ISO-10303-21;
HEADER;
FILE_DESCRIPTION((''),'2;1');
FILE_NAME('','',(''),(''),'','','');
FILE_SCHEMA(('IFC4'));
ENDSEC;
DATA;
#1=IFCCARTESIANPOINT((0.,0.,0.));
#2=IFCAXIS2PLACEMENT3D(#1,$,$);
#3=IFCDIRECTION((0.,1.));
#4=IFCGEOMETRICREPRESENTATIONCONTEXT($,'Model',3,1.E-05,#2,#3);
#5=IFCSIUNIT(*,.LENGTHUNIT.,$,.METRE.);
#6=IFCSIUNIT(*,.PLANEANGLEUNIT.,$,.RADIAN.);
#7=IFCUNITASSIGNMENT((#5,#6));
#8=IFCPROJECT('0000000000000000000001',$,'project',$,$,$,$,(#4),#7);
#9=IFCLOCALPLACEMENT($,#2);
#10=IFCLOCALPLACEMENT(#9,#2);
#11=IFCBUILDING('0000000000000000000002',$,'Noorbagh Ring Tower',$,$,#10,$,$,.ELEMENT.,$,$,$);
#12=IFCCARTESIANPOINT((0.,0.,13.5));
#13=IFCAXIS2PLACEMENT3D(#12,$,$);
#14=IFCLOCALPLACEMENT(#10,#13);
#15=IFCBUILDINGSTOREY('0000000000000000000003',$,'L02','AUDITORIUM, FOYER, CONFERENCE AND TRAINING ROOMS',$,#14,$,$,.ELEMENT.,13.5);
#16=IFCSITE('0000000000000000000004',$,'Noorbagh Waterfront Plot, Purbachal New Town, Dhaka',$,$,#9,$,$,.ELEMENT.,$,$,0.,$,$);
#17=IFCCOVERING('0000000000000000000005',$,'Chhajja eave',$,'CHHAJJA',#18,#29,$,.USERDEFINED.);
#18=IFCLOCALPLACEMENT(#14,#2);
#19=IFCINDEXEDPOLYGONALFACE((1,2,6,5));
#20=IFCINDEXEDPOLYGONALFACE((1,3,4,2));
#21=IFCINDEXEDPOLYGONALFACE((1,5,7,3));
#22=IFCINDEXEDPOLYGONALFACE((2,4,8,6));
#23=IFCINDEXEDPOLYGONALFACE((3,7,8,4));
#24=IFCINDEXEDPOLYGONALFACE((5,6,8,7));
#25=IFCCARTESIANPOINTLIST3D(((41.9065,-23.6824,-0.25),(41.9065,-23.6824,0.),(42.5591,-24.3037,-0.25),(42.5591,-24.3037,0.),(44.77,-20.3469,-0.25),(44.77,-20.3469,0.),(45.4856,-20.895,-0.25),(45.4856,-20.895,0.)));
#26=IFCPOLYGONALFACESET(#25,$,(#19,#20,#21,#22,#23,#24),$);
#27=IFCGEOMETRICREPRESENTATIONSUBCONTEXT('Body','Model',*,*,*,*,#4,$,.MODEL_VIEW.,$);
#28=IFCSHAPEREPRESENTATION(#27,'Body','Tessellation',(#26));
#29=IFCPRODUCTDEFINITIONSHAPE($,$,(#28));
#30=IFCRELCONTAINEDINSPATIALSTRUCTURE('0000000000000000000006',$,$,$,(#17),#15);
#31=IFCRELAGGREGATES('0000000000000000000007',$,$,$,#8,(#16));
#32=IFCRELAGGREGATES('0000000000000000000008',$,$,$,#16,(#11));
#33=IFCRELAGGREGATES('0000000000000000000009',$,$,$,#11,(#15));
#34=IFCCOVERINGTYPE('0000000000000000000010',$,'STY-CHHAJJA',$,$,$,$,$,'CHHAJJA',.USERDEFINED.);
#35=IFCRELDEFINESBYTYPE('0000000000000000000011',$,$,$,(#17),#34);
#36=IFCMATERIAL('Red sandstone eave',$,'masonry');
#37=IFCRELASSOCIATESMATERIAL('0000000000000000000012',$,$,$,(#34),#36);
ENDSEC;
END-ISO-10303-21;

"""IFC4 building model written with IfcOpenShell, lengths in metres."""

from ifc_helpers import new_model, si_unit, direction, frame, origin, place, context, subcontext, project, spatial, polyline, outline, extrude, material, type_object, element, save


model = new_model("IFC4")

# Units and contexts
model_context = context("Model", 3, precision=1e-05, world=origin(), true_north=direction((0.0, 1.0)))
body_context = subcontext(model_context, "Body", "Model", "MODEL_VIEW")
ifc_project = project(units=[si_unit("LENGTHUNIT", "METRE"), si_unit("PLANEANGLEUNIT", "RADIAN")], contexts=[model_context])

# Site, building, storey
site_placement = place(None, origin())
site = spatial("IfcSite", under=ifc_project, at=site_placement, Name="Noorbagh Waterfront Plot, Purbachal New Town, Dhaka", CompositionType="ELEMENT", RefElevation=0.0)
building_placement = place(site_placement, origin())
building = spatial("IfcBuilding", under=site, at=building_placement, Name="Noorbagh Ring Tower", CompositionType="ELEMENT")
storey_placement = place(building_placement, frame((0.0, 0.0, 13.5)))
storey = spatial("IfcBuildingStorey", under=building, at=storey_placement, Name="L02", Description="AUDITORIUM, FOYER, CONFERENCE AND TRAINING ROOMS", CompositionType="ELEMENT", Elevation=13.5)

# Covering
ifc_material_1 = material(Name="Red sandstone eave", Category="masonry")
covering_type = type_object("IfcCoveringType", Name="STY-CHHAJJA", ElementType="CHHAJJA", PredefinedType="USERDEFINED", material=ifc_material_1)
covering_1_placement = place(storey_placement, frame((0.0, 0.0, -0.25)))
element("IfcCovering", 1, at=covering_1_placement, inside=storey, type_object=covering_type, Name="Chhajja eave", ObjectType="CHHAJJA", PredefinedType="USERDEFINED", context=body_context, shape_type="SweptSolid", body=[
    extrude(outline(polyline([(41.9065, -23.6824), (44.77, -20.3469), (45.4856, -20.895), (42.5591, -24.3037), (41.9065, -23.6824)])), origin(), (0.0, 0.0, 1.0), 0.25),
])

save(model, "model.ifc")
